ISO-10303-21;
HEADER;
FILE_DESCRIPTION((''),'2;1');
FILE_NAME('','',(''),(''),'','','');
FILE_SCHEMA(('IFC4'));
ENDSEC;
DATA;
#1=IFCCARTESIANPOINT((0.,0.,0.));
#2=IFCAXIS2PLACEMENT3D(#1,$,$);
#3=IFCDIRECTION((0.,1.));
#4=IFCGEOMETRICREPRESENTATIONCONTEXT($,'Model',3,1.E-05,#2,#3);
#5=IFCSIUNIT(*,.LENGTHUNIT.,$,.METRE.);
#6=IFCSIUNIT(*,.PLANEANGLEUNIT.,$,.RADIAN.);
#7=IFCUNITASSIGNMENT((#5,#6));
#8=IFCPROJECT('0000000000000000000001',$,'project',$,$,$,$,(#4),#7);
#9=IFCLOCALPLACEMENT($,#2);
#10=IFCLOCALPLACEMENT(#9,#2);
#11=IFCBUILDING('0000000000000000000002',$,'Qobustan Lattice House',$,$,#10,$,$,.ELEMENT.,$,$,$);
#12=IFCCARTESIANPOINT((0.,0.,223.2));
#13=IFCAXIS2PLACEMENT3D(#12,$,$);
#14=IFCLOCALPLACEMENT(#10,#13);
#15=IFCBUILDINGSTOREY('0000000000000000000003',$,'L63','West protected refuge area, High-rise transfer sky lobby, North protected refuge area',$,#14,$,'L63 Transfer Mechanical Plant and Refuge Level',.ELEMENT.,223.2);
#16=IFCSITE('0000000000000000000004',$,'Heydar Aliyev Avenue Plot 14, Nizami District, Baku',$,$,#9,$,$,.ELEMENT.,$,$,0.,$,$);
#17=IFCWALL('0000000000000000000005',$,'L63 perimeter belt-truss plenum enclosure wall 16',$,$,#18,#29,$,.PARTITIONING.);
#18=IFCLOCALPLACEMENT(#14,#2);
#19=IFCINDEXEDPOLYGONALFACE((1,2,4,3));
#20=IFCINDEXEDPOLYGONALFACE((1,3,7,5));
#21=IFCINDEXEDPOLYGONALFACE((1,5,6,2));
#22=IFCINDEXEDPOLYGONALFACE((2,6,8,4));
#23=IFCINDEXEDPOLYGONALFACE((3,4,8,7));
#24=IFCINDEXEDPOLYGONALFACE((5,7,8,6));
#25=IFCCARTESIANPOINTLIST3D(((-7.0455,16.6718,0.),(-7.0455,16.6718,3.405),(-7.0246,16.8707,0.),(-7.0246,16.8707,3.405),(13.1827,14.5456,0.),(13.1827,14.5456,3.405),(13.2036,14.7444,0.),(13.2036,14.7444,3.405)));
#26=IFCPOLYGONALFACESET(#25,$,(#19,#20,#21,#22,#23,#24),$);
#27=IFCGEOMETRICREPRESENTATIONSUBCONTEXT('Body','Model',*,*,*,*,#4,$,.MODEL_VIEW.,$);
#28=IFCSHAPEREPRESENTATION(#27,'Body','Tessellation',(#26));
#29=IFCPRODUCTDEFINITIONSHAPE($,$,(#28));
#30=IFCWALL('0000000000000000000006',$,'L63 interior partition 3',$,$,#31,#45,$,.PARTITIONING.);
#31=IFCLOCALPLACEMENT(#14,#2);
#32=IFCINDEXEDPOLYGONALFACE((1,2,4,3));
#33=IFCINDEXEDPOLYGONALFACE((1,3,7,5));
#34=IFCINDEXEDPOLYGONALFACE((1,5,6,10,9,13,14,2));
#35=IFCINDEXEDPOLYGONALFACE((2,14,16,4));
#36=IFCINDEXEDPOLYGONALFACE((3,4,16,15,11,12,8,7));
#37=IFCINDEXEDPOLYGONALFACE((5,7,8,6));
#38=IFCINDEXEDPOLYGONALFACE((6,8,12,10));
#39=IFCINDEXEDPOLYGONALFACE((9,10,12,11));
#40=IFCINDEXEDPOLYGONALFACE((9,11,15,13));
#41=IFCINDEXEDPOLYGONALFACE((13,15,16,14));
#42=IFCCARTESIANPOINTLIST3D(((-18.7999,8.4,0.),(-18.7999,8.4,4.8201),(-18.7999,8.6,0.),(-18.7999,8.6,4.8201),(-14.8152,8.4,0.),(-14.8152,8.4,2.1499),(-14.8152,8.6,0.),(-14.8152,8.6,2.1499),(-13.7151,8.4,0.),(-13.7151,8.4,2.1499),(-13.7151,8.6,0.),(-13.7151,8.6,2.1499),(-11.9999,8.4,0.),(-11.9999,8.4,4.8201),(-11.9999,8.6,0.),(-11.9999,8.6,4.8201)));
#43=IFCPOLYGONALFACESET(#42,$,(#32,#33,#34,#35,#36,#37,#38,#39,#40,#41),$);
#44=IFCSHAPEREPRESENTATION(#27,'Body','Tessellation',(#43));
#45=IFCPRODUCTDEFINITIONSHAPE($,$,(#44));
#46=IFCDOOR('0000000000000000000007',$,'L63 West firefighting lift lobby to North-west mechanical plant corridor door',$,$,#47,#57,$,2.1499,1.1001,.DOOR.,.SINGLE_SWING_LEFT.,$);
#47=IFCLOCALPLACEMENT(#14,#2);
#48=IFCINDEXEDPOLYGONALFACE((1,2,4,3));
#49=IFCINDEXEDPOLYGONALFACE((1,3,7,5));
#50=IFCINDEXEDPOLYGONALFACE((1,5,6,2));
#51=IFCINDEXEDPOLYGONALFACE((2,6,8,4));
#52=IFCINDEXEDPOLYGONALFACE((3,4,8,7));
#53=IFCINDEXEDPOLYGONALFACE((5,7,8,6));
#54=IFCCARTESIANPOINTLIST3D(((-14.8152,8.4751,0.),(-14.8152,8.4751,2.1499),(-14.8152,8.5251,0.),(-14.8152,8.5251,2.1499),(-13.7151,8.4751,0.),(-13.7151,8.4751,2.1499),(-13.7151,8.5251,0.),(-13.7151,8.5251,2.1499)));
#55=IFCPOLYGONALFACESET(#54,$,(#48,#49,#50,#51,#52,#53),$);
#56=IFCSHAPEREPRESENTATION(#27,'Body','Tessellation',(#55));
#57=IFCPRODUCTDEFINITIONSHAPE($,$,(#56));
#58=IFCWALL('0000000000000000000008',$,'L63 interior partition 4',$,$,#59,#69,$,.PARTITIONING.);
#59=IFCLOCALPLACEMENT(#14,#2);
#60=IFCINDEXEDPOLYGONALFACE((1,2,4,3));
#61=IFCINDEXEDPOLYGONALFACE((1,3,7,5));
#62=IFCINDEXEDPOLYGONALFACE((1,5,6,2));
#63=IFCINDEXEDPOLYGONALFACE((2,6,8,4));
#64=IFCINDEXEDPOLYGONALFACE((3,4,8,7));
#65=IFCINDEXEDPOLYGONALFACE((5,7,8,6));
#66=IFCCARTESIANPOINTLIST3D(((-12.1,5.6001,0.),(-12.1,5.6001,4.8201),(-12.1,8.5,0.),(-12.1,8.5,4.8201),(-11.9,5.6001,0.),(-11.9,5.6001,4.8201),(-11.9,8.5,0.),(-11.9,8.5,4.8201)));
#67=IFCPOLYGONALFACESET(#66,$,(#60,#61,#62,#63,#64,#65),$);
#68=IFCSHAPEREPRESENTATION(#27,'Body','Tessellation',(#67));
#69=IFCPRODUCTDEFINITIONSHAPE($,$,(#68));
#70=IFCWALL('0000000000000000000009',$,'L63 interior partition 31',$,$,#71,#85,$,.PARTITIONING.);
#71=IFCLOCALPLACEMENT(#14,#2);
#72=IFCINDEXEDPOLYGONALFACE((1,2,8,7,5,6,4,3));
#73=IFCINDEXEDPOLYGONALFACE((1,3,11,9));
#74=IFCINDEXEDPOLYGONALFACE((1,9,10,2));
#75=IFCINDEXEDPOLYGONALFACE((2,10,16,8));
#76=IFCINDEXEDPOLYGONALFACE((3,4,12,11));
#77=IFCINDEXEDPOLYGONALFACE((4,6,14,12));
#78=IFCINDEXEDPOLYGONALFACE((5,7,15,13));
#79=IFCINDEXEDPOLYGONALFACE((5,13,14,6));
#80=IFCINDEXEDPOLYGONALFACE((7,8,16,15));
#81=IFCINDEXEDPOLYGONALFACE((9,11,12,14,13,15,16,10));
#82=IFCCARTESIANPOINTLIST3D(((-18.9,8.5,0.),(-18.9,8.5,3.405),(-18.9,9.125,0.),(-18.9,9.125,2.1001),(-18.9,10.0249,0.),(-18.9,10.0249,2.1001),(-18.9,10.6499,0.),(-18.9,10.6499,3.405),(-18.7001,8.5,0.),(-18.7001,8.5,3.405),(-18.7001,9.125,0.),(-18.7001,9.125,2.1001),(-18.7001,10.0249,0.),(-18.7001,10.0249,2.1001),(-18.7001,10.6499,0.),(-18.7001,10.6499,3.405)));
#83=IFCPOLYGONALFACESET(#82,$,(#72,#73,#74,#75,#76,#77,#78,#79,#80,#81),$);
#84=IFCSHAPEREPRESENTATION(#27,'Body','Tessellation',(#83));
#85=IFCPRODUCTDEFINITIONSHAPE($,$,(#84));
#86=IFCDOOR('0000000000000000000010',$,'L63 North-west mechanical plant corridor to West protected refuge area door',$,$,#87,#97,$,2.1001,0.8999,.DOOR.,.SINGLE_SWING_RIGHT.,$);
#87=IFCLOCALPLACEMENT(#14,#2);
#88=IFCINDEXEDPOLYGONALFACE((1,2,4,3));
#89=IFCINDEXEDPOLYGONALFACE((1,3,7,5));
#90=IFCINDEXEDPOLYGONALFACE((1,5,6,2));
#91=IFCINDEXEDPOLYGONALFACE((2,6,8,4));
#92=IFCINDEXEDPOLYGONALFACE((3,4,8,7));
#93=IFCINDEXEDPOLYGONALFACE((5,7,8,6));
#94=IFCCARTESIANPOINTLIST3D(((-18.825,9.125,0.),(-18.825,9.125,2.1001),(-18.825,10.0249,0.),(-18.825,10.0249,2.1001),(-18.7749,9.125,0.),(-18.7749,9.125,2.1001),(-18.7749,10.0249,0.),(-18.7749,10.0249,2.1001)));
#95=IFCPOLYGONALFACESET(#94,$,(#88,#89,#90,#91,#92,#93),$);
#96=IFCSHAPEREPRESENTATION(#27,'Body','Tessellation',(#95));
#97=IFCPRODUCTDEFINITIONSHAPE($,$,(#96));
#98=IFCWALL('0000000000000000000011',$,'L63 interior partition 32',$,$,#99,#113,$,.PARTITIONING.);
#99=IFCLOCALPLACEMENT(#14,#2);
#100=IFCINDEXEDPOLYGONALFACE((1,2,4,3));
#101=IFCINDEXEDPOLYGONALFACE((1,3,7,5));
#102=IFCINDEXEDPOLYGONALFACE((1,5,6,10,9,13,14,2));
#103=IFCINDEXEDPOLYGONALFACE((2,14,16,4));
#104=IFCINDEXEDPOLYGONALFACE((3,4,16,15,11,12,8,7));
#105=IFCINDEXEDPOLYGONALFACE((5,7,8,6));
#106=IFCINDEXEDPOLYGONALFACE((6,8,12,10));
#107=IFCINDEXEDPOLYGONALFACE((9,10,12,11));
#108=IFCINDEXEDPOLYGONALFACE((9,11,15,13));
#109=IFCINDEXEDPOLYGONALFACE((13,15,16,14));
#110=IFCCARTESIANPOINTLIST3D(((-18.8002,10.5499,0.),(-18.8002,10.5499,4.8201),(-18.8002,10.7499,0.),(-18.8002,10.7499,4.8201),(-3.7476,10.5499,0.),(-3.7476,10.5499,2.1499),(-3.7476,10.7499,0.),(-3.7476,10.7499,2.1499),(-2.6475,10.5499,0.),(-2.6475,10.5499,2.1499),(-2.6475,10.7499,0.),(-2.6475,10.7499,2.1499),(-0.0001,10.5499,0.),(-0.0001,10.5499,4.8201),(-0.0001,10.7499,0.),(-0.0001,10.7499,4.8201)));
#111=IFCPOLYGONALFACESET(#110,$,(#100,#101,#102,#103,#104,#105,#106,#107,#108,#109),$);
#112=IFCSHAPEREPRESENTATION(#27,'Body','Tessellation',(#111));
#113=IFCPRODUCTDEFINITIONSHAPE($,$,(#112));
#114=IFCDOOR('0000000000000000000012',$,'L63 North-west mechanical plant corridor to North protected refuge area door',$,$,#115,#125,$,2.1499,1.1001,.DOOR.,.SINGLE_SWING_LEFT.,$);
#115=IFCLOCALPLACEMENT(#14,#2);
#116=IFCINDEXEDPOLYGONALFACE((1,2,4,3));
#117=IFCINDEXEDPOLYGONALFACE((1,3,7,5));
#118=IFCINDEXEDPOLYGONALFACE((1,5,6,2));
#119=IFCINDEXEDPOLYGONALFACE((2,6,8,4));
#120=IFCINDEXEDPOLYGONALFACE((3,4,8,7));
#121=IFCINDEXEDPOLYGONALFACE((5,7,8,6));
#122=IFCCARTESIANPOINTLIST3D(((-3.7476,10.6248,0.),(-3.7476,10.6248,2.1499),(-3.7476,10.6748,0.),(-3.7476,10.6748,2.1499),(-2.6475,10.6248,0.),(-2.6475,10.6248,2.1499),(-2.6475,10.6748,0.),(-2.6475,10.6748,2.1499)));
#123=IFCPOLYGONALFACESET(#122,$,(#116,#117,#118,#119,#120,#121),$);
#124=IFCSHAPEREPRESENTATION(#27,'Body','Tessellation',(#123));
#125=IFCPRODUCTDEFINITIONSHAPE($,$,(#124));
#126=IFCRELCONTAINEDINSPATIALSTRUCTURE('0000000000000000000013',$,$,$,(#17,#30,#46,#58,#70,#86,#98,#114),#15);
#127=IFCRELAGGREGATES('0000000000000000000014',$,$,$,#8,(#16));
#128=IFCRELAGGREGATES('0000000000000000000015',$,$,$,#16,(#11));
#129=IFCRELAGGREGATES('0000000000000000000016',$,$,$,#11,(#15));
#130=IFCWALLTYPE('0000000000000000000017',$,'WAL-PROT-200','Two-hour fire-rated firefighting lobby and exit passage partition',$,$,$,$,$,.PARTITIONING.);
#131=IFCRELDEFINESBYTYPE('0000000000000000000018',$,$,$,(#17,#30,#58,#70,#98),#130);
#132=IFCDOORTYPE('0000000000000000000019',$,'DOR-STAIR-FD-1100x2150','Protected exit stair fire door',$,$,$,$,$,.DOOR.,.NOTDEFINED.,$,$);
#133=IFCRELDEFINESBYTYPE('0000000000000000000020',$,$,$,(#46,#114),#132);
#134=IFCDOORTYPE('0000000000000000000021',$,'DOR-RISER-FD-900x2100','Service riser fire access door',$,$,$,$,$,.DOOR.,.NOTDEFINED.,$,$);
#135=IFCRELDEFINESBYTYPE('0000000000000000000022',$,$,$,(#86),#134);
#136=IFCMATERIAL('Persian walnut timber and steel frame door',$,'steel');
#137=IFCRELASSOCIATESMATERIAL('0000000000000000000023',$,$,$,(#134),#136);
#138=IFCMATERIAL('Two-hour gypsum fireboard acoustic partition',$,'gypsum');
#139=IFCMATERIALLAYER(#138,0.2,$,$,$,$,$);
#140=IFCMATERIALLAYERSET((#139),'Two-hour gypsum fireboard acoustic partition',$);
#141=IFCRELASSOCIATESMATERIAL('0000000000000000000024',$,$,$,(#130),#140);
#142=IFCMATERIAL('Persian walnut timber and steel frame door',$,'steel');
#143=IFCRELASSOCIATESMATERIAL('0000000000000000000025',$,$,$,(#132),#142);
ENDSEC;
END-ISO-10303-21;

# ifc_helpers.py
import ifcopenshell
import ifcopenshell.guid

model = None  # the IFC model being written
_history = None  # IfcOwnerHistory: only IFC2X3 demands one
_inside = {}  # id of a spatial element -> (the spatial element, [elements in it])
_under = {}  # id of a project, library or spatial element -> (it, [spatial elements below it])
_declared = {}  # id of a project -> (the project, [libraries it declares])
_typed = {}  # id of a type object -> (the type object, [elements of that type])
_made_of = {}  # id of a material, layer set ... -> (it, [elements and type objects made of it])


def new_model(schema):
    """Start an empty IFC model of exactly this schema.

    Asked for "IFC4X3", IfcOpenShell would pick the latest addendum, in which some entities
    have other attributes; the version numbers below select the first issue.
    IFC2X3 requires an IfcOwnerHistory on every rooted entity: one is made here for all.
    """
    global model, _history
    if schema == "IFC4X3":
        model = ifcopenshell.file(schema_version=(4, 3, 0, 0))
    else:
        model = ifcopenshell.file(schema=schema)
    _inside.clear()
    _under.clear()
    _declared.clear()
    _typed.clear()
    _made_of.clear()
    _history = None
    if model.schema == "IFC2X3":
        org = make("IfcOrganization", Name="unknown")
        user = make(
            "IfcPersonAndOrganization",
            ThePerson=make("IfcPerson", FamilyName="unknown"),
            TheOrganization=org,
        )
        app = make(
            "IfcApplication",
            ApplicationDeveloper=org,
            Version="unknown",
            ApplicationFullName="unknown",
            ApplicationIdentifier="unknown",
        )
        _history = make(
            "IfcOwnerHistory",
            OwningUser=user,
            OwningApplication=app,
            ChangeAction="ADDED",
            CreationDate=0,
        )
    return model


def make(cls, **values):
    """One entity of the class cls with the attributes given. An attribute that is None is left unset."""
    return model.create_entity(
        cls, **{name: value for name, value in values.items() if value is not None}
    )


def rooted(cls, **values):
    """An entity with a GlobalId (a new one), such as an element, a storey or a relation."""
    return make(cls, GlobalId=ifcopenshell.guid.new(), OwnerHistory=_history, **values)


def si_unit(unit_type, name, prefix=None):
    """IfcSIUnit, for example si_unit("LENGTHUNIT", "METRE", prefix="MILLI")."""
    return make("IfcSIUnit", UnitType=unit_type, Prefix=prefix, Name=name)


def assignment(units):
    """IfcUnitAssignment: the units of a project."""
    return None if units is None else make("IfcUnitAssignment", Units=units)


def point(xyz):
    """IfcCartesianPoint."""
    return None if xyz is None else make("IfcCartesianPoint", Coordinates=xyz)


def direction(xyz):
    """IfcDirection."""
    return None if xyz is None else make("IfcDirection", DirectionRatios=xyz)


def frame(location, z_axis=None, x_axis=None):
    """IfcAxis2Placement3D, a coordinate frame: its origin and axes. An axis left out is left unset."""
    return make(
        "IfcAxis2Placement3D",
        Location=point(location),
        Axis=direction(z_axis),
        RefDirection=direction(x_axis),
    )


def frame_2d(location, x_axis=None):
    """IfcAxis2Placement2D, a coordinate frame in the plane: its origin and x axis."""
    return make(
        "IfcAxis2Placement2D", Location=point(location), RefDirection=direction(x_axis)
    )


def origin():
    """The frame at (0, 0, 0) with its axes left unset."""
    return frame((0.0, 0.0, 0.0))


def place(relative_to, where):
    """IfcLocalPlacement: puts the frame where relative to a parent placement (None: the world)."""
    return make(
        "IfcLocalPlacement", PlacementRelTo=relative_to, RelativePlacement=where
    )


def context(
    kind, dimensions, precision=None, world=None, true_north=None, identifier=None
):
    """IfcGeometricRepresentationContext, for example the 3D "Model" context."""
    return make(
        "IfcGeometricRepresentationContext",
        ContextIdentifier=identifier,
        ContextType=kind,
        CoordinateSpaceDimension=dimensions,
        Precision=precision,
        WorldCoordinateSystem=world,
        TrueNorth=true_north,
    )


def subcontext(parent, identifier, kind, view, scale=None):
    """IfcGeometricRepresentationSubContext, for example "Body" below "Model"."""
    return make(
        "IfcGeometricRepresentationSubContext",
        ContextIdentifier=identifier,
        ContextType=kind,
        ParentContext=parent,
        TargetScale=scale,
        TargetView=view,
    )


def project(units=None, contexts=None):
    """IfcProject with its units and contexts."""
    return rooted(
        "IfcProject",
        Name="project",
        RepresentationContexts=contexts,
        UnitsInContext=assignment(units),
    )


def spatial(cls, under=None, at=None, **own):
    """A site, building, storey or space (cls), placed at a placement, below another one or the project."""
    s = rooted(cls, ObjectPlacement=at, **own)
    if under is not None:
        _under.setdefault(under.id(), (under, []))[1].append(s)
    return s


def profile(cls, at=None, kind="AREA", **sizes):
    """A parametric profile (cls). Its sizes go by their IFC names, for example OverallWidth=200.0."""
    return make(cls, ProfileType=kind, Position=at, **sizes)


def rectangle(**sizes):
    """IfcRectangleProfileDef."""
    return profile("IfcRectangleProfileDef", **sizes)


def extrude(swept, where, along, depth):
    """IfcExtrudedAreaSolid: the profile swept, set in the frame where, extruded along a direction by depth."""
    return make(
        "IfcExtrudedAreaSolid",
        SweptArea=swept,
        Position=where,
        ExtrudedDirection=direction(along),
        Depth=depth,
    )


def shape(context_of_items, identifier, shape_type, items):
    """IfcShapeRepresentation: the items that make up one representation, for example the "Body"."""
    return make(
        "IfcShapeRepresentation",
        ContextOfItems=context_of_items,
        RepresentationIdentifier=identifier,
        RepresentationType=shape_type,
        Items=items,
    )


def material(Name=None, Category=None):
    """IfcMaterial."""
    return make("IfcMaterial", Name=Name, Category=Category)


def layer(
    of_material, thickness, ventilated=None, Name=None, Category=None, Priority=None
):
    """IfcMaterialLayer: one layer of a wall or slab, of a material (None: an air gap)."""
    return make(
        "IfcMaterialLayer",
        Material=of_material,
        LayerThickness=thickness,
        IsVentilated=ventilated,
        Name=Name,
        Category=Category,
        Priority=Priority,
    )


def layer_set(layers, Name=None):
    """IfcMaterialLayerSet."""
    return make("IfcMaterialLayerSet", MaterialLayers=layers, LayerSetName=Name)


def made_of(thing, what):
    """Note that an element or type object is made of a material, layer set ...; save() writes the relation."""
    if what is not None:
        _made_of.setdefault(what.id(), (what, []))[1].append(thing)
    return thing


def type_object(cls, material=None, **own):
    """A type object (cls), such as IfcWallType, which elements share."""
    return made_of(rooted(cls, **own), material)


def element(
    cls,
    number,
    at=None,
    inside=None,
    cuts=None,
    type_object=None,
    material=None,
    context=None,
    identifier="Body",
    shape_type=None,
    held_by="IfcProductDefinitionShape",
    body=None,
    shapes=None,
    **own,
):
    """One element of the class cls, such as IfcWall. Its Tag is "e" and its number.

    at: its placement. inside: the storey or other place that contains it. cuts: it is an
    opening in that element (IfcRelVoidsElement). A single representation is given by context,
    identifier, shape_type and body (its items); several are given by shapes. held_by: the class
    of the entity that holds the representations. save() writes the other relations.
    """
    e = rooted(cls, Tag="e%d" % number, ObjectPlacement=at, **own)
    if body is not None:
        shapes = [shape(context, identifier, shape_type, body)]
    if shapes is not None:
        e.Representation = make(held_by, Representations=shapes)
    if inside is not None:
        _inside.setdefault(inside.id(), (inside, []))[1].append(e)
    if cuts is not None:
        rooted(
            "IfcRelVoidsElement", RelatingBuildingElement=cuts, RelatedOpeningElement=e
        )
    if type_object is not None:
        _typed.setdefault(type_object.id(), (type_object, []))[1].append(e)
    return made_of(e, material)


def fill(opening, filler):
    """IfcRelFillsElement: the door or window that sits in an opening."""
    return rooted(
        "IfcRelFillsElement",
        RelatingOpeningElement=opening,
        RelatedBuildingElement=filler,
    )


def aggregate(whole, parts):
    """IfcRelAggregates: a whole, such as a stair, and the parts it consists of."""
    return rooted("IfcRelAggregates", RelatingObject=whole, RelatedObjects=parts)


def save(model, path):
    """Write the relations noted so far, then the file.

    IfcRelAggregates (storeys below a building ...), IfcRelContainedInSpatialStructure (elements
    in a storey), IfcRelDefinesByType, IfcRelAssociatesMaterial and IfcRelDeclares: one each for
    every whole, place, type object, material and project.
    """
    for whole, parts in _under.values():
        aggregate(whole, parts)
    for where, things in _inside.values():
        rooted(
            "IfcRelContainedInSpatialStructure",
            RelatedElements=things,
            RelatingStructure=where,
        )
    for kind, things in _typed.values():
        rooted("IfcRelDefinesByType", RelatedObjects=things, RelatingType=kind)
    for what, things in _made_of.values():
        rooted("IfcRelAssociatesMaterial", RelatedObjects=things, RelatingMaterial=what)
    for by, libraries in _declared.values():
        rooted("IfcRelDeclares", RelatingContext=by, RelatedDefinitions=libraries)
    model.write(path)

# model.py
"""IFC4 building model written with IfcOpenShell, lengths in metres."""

from ifc_helpers import new_model, si_unit, direction, frame, frame_2d, origin, place, context, subcontext, project, spatial, rectangle, extrude, material, layer, layer_set, type_object, element, fill, save


model = new_model("IFC4")

# Units and contexts
model_context = context("Model", 3, precision=1e-05, world=origin(), true_north=direction((0.0, 1.0)))
body_context = subcontext(model_context, "Body", "Model", "MODEL_VIEW")
ifc_project = project(units=[si_unit("LENGTHUNIT", "METRE"), si_unit("PLANEANGLEUNIT", "RADIAN")], contexts=[model_context])

# Site, building, storey
site_placement = place(None, origin())
site = spatial("IfcSite", under=ifc_project, at=site_placement, Name="Heydar Aliyev Avenue Plot 14, Nizami District, Baku", CompositionType="ELEMENT", RefElevation=0.0)
building_placement = place(site_placement, origin())
building = spatial("IfcBuilding", under=site, at=building_placement, Name="Qobustan Lattice House", CompositionType="ELEMENT")
storey_placement = place(building_placement, frame((0.0, 0.0, 223.2)))
storey = spatial("IfcBuildingStorey", under=building, at=storey_placement, Name="L63", Description="West protected refuge area, High-rise transfer sky lobby, North protected refuge area", LongName="L63 Transfer Mechanical Plant and Refuge Level", CompositionType="ELEMENT", Elevation=223.2)

# Shared definitions
ifc_material_1 = material(Name="Persian walnut timber and steel frame door", Category="steel")
door_type_1 = type_object("IfcDoorType", Name="DOR-RISER-FD-900x2100", Description="Service riser fire access door", OperationType="NOTDEFINED", PredefinedType="DOOR", material=ifc_material_1)

# Wall
ifc_material_2 = material(Name="Two-hour gypsum fireboard acoustic partition", Category="gypsum")
ifc_layer_1 = layer(ifc_material_2, 0.2)
ifc_layer_set_1 = layer_set([ifc_layer_1], Name="Two-hour gypsum fireboard acoustic partition")
wall_type_1 = type_object("IfcWallType", Name="WAL-PROT-200", Description="Two-hour fire-rated firefighting lobby and exit passage partition", PredefinedType="PARTITIONING", material=ifc_layer_set_1)
wall_1_placement = place(storey_placement, frame((-7.0352, 16.7712, 0.0), z_axis=(0.0, 0.0, 1.0), x_axis=(0.994521, -0.104535, 0.0)))
element("IfcWall", 1, at=wall_1_placement, inside=storey, type_object=wall_type_1, Name="L63 perimeter belt-truss plenum enclosure wall 16", PredefinedType="PARTITIONING", context=body_context, shape_type="SweptSolid", body=[
    extrude(rectangle(XDim=20.3396, YDim=0.2, at=frame_2d((10.1699, 0.0))), origin(), (0.0, 0.0, 1.0), 3.405),
])

# Wall, opening, door
wall_2_placement = place(storey_placement, frame((-12.0, 8.5, 0.0), z_axis=(0.0, 0.0, 1.0), x_axis=(-1.0, 0.0, 0.0)))
wall_2 = element("IfcWall", 2, at=wall_2_placement, inside=storey, type_object=wall_type_1, Name="L63 interior partition 3", PredefinedType="PARTITIONING", context=body_context, shape_type="SweptSolid", body=[
    extrude(rectangle(XDim=6.8, YDim=0.2, at=frame_2d((3.3999, 0.0))), origin(), (0.0, 0.0, 1.0), 4.8201),
])
opening_1_placement = place(wall_2_placement, frame((1.7151, 0.0, 0.0)))
opening_1 = element("IfcOpeningElement", 3, at=opening_1_placement, cuts=wall_2, PredefinedType="OPENING", context=body_context, shape_type="SweptSolid", body=[
    extrude(rectangle(XDim=1.1001, YDim=2.1499, at=frame_2d((0.55, 1.075))), frame((0.0, 0.1099, 0.0), z_axis=(0.0, -1.0, 0.0), x_axis=(1.0, 0.0, 0.0)), (0.0, 0.0, 1.0), 0.22),
])
ifc_material_3 = material(Name="Persian walnut timber and steel frame door", Category="steel")
door_type_2 = type_object("IfcDoorType", Name="DOR-STAIR-FD-1100x2150", Description="Protected exit stair fire door", OperationType="NOTDEFINED", PredefinedType="DOOR", material=ifc_material_3)
door_1_placement = place(opening_1_placement, origin())
door_1 = element("IfcDoor", 4, at=door_1_placement, inside=storey, type_object=door_type_2, Name="L63 West firefighting lift lobby to North-west mechanical plant corridor door", OperationType="SINGLE_SWING_LEFT", OverallHeight=2.1499, OverallWidth=1.1001, PredefinedType="DOOR", context=body_context, shape_type="SweptSolid", body=[
    extrude(rectangle(XDim=1.1001, YDim=2.1499, at=frame_2d((0.55, 1.075))), frame((0.0, 0.0249, 0.0), z_axis=(0.0, -1.0, 0.0), x_axis=(1.0, 0.0, 0.0)), (0.0, 0.0, 1.0), 0.05),
])
fill(opening_1, door_1)

# Wall
wall_3_placement = place(storey_placement, frame((-12.0, 5.6001, 0.0), z_axis=(0.0, 0.0, 1.0), x_axis=(0.0, 1.0, 0.0)))
element("IfcWall", 5, at=wall_3_placement, inside=storey, type_object=wall_type_1, Name="L63 interior partition 4", PredefinedType="PARTITIONING", context=body_context, shape_type="SweptSolid", body=[
    extrude(rectangle(XDim=2.8999, YDim=0.2, at=frame_2d((1.45, 0.0))), origin(), (0.0, 0.0, 1.0), 4.8201),
])

# Walls, openings, doors
wall_4_placement = place(storey_placement, frame((-18.8, 8.5, 0.0), z_axis=(0.0, 0.0, 1.0), x_axis=(0.0, 1.0, 0.0)))
wall_4 = element("IfcWall", 6, at=wall_4_placement, inside=storey, type_object=wall_type_1, Name="L63 interior partition 31", PredefinedType="PARTITIONING", context=body_context, shape_type="SweptSolid", body=[
    extrude(rectangle(XDim=2.1499, YDim=0.2, at=frame_2d((1.075, 0.0))), origin(), (0.0, 0.0, 1.0), 3.405),
])
opening_2_placement = place(wall_4_placement, frame((0.625, 0.0, 0.0)))
opening_2 = element("IfcOpeningElement", 7, at=opening_2_placement, cuts=wall_4, PredefinedType="OPENING", context=body_context, shape_type="SweptSolid", body=[
    extrude(rectangle(XDim=0.8999, YDim=2.1001, at=frame_2d((0.45, 1.05))), frame((0.0, 0.1099, 0.0), z_axis=(0.0, -1.0, 0.0), x_axis=(1.0, 0.0, 0.0)), (0.0, 0.0, 1.0), 0.22),
])
door_2_placement = place(opening_2_placement, origin())
door_2 = element("IfcDoor", 8, at=door_2_placement, inside=storey, type_object=door_type_1, Name="L63 North-west mechanical plant corridor to West protected refuge area door", OperationType="SINGLE_SWING_RIGHT", OverallHeight=2.1001, OverallWidth=0.8999, PredefinedType="DOOR", context=body_context, shape_type="SweptSolid", body=[
    extrude(rectangle(XDim=0.8999, YDim=2.1001, at=frame_2d((0.45, 1.05))), frame((0.0, 0.0249, 0.0), z_axis=(0.0, -1.0, 0.0), x_axis=(1.0, 0.0, 0.0)), (0.0, 0.0, 1.0), 0.05),
])
fill(opening_2, door_2)
wall_5_placement = place(storey_placement, frame((-18.8, 10.6499, 0.0), z_axis=(0.0, 0.0, 1.0), x_axis=(1.0, 0.0, 0.0)))
wall_5 = element("IfcWall", 9, at=wall_5_placement, inside=storey, type_object=wall_type_1, Name="L63 interior partition 32", PredefinedType="PARTITIONING", context=body_context, shape_type="SweptSolid", body=[
    extrude(rectangle(XDim=18.8, YDim=0.2, at=frame_2d((9.3999, 0.0))), origin(), (0.0, 0.0, 1.0), 4.8201),
])
opening_3_placement = place(wall_5_placement, frame((15.0525, 0.0, 0.0)))
opening_3 = element("IfcOpeningElement", 10, at=opening_3_placement, cuts=wall_5, PredefinedType="OPENING", context=body_context, shape_type="SweptSolid", body=[
    extrude(rectangle(XDim=1.1001, YDim=2.1499, at=frame_2d((0.55, 1.075))), frame((0.0, 0.1099, 0.0), z_axis=(0.0, -1.0, 0.0), x_axis=(1.0, 0.0, 0.0)), (0.0, 0.0, 1.0), 0.22),
])
door_3_placement = place(opening_3_placement, origin())
door_3 = element("IfcDoor", 11, at=door_3_placement, inside=storey, type_object=door_type_2, Name="L63 North-west mechanical plant corridor to North protected refuge area door", OperationType="SINGLE_SWING_LEFT", OverallHeight=2.1499, OverallWidth=1.1001, PredefinedType="DOOR", context=body_context, shape_type="SweptSolid", body=[
    extrude(rectangle(XDim=1.1001, YDim=2.1499, at=frame_2d((0.55, 1.075))), frame((0.0, 0.0249, 0.0), z_axis=(0.0, -1.0, 0.0), x_axis=(1.0, 0.0, 0.0)), (0.0, 0.0, 1.0), 0.05),
])
fill(opening_3, door_3)

save(model, "model.ifc")
